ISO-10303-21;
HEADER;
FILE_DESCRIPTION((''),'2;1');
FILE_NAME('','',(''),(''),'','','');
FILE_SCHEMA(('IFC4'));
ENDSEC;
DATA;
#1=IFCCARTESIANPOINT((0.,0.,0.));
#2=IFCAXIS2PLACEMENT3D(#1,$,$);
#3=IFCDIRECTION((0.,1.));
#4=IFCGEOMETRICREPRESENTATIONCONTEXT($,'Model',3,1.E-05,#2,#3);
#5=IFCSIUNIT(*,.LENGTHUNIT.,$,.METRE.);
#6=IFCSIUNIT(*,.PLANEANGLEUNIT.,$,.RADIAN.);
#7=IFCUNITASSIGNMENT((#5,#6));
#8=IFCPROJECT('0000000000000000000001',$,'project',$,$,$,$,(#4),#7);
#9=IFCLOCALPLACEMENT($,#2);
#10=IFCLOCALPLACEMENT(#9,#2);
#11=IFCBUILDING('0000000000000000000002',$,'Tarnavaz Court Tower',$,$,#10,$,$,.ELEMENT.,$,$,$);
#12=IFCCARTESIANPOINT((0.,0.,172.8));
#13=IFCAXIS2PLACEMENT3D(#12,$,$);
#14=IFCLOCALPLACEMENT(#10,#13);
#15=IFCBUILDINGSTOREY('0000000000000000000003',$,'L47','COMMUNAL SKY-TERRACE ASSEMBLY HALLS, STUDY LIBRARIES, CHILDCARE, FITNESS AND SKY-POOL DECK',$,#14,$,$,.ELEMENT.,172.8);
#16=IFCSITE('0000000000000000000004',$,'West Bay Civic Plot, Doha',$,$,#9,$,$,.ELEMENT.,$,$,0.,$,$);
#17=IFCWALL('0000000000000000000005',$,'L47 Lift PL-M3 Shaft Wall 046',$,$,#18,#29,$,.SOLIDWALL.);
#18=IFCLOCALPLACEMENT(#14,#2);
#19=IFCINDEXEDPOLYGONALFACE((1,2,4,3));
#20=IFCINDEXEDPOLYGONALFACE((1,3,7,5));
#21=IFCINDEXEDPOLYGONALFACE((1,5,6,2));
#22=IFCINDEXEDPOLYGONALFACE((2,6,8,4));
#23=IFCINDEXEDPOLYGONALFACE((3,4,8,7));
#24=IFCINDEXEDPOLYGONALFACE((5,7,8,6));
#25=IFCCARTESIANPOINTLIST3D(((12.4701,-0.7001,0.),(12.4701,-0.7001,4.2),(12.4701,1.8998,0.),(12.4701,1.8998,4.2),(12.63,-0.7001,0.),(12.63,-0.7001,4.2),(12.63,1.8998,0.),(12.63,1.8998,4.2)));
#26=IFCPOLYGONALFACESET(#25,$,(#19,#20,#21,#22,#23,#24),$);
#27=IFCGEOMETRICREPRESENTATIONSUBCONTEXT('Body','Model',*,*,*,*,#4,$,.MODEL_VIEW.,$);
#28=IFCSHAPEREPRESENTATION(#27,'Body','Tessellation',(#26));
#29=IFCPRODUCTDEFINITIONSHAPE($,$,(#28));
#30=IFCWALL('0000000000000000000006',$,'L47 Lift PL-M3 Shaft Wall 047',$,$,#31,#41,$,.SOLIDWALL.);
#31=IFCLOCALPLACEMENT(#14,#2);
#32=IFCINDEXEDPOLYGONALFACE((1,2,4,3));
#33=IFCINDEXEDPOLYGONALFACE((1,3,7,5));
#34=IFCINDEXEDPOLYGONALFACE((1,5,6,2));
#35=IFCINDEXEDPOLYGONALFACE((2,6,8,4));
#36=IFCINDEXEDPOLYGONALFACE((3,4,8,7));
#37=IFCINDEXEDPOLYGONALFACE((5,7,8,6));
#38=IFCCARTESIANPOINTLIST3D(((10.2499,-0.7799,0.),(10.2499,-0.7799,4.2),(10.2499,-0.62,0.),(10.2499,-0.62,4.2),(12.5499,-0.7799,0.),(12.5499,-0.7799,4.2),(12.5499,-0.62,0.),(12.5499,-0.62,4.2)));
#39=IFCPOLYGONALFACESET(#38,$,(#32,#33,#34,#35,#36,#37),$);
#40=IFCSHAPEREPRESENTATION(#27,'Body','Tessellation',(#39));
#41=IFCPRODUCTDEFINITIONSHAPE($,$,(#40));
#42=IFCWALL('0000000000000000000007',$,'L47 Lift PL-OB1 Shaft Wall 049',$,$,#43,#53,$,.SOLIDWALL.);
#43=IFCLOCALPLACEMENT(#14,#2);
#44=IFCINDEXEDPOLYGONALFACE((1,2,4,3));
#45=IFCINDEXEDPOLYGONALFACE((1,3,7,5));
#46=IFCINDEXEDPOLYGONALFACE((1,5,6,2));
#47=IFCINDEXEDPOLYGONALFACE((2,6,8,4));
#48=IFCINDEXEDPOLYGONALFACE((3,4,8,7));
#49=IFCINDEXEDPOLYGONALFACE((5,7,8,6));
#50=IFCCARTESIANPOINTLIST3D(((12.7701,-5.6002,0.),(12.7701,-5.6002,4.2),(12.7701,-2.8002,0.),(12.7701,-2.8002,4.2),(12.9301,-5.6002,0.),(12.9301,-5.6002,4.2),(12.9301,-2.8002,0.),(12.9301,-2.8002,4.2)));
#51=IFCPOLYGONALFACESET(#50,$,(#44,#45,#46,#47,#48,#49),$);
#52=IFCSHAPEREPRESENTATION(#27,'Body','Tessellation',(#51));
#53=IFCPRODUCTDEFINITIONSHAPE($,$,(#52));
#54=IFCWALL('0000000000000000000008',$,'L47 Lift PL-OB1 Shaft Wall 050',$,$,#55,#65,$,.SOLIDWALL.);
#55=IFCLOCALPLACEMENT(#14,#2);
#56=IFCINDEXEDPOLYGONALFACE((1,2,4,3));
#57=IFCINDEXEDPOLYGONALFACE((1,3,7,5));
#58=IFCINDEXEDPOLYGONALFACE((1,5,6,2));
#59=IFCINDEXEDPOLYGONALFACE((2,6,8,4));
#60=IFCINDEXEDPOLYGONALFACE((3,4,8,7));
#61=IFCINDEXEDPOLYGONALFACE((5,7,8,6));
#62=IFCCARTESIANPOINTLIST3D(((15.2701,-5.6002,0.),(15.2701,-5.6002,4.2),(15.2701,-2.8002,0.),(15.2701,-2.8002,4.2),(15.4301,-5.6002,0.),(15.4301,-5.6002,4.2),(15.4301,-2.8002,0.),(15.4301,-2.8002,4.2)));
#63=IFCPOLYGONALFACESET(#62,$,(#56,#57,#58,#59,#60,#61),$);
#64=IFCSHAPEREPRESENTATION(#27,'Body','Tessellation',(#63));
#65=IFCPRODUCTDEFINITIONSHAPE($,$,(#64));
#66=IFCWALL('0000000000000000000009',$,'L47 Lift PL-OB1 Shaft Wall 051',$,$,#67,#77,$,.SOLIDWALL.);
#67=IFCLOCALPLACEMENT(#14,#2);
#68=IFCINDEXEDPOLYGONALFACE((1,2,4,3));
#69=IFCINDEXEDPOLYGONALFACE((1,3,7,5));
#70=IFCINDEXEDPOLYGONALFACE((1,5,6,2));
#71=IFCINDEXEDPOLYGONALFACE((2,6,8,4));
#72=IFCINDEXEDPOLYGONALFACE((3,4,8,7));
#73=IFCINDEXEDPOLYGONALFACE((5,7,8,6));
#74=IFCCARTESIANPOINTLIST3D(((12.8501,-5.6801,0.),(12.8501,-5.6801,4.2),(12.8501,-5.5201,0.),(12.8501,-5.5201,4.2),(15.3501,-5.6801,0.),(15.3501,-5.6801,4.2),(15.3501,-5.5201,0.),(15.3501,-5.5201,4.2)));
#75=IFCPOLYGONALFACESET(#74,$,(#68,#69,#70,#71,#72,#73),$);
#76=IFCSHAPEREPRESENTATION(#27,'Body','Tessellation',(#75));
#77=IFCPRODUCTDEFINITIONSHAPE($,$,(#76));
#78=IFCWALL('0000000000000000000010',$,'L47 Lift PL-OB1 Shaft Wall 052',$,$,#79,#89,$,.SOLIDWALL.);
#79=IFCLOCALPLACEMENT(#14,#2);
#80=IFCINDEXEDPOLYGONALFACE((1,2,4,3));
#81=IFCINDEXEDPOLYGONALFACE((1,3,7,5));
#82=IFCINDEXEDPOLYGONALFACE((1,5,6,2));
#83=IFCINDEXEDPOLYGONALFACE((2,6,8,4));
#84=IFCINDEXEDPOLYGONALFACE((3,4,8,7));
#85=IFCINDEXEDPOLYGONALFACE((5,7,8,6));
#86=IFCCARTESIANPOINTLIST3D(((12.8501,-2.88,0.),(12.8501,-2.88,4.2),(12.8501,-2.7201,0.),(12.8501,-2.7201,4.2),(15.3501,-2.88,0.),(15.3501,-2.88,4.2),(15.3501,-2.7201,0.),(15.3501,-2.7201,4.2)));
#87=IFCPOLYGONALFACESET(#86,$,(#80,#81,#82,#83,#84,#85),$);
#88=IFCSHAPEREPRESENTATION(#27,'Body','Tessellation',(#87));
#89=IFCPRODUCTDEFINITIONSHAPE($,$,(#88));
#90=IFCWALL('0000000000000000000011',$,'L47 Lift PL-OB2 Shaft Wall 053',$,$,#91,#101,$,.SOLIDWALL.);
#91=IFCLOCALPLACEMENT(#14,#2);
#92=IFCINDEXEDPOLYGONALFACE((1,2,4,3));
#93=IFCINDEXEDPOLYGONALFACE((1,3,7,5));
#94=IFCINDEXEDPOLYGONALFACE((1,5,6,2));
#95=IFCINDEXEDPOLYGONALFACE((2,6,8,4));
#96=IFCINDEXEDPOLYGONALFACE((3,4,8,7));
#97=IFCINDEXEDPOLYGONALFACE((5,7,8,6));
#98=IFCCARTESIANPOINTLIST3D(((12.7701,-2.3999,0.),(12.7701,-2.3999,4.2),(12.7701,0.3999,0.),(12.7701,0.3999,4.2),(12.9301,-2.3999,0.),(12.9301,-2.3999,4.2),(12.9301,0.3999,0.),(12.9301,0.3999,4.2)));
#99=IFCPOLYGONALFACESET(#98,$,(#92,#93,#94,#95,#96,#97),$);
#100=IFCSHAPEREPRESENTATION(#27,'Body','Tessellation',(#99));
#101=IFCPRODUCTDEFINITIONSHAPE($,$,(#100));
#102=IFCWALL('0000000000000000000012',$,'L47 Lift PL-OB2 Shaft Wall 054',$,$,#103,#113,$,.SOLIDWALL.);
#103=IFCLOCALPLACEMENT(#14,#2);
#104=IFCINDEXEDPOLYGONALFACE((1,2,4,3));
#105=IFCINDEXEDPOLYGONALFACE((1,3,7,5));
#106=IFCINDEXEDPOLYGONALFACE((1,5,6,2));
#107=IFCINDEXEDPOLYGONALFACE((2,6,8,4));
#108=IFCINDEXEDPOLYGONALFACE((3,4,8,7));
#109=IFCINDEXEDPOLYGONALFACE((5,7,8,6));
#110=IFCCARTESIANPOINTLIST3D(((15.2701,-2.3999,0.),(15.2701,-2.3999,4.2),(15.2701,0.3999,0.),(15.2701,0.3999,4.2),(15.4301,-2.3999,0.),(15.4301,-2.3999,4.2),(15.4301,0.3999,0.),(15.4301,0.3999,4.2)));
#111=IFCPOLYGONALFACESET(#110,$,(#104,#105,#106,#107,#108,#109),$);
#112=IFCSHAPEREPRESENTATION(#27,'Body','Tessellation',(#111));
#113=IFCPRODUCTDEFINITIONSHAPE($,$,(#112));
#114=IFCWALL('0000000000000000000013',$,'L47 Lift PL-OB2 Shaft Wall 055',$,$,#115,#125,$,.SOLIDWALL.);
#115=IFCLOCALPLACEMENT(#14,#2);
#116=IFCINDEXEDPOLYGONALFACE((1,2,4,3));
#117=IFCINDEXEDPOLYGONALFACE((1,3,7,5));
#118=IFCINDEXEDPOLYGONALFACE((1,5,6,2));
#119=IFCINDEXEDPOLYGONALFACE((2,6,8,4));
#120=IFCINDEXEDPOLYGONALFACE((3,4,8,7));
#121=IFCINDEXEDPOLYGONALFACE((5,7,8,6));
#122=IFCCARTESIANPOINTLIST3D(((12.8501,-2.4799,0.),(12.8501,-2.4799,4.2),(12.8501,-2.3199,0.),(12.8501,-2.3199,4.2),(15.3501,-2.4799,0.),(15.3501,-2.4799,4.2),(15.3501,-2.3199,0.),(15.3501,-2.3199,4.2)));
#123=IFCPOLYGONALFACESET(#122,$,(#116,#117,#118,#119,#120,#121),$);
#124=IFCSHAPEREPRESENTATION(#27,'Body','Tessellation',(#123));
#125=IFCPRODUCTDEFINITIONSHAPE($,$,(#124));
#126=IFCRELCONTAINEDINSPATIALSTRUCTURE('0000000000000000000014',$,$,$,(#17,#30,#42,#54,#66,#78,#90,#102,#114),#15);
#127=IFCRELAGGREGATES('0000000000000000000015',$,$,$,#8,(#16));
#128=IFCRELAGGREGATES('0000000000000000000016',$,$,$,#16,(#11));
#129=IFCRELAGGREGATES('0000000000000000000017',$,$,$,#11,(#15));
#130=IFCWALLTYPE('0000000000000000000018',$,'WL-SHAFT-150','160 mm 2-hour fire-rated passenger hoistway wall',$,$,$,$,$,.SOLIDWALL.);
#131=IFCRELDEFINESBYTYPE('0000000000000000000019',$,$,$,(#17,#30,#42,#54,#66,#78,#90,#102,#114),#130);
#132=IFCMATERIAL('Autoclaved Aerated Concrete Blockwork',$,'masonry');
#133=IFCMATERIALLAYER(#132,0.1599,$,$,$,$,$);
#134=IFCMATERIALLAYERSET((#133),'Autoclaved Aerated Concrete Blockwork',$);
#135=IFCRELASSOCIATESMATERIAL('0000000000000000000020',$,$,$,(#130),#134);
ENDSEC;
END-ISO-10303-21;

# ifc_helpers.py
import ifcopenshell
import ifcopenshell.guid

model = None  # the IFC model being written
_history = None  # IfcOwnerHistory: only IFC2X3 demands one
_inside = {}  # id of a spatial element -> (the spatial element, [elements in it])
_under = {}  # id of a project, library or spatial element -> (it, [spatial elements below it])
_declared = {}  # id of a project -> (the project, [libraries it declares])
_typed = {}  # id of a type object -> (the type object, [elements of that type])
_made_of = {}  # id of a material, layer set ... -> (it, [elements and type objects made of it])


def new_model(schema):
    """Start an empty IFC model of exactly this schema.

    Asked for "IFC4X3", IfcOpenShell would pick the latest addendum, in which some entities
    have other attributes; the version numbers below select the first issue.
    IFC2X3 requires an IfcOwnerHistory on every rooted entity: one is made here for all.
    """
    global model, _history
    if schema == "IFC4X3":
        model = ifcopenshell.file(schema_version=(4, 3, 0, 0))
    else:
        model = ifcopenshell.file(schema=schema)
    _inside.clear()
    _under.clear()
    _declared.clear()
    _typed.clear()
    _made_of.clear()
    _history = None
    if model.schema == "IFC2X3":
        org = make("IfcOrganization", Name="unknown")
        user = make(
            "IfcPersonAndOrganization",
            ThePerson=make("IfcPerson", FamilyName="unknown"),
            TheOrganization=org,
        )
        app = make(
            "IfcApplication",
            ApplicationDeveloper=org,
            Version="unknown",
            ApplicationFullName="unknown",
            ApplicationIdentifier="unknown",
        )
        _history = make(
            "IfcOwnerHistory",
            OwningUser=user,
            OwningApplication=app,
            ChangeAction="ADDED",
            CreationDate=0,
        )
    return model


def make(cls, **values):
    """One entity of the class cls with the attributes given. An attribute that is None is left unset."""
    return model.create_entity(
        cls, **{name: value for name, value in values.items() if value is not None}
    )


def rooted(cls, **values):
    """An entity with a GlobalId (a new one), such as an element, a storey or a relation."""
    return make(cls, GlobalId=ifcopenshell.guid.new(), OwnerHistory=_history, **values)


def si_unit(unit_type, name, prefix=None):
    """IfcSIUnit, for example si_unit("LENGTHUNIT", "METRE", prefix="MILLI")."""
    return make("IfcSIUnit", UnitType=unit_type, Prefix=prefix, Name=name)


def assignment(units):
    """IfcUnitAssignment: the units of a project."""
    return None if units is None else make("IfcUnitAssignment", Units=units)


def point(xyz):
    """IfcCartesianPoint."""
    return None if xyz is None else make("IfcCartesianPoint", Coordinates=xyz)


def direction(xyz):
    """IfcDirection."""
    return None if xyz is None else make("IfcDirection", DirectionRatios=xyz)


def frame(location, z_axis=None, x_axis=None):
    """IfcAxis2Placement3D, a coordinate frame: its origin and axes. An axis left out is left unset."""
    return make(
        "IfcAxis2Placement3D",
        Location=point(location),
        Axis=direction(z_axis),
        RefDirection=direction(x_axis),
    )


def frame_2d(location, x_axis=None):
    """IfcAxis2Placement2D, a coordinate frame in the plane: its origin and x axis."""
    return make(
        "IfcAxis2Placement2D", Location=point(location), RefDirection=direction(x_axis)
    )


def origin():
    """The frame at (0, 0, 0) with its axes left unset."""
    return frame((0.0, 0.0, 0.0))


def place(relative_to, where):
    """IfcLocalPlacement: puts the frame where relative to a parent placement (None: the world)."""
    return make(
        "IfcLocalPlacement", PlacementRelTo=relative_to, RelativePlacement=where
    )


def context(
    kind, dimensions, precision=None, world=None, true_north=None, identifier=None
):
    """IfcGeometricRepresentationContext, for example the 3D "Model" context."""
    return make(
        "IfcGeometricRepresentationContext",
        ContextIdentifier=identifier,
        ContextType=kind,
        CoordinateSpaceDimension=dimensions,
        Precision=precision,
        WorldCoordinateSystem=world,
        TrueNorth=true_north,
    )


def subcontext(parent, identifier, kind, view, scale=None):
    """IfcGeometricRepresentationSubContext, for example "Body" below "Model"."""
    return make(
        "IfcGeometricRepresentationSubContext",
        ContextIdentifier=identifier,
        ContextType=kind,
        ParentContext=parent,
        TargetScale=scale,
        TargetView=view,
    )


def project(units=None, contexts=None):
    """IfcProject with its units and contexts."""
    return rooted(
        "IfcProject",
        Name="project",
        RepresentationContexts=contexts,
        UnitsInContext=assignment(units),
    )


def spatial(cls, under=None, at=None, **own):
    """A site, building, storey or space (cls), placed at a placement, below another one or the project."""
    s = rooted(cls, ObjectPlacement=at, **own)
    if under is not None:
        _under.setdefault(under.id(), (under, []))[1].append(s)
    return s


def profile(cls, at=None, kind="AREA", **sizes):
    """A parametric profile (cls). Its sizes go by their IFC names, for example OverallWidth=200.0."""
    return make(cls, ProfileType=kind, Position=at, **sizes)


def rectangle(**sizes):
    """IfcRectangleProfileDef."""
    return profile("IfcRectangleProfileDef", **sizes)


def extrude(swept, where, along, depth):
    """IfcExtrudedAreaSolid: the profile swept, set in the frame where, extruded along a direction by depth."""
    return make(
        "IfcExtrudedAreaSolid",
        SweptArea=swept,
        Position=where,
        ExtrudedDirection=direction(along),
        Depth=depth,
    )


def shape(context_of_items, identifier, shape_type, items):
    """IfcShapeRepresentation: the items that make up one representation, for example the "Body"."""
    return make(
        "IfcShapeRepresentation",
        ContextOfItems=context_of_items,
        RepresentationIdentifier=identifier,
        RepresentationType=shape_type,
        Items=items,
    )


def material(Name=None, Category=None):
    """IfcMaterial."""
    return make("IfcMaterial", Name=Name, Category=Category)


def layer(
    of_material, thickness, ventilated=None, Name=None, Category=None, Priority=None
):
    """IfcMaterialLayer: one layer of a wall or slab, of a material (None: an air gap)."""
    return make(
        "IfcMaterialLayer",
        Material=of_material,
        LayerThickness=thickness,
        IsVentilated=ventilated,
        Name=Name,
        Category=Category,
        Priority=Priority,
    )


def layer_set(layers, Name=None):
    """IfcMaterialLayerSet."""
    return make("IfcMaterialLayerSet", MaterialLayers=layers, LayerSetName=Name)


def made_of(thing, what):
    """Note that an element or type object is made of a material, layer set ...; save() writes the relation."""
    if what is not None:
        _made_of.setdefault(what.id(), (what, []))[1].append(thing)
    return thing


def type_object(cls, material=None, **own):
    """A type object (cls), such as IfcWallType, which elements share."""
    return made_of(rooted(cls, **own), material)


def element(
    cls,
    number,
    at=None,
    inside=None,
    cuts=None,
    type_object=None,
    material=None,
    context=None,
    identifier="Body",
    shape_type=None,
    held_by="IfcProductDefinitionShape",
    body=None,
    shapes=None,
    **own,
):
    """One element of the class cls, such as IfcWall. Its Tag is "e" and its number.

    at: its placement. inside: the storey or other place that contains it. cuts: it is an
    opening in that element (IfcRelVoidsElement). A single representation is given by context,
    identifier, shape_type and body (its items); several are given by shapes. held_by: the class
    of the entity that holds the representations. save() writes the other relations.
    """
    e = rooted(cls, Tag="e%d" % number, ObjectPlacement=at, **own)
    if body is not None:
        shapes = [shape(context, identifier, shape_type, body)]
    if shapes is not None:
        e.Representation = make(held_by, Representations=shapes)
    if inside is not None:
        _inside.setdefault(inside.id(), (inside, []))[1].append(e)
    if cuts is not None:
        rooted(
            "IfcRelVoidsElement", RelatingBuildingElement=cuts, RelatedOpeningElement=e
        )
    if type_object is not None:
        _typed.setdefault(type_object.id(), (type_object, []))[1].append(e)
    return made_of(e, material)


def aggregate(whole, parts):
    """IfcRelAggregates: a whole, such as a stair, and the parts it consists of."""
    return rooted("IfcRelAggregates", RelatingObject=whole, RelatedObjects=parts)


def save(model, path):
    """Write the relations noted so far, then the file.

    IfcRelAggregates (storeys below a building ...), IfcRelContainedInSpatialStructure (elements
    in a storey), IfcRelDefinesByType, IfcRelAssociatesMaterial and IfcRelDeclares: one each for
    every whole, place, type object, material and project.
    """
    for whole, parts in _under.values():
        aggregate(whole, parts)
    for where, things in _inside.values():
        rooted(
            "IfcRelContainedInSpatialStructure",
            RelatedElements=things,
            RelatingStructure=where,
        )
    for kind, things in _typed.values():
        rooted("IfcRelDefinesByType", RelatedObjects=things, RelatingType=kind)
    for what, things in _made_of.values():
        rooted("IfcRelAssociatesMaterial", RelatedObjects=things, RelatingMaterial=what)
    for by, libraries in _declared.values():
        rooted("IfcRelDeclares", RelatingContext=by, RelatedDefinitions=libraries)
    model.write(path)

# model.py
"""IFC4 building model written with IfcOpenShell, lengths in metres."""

from ifc_helpers import new_model, si_unit, direction, frame, frame_2d, origin, place, context, subcontext, project, spatial, rectangle, extrude, material, layer, layer_set, type_object, element, save


model = new_model("IFC4")

# Units and contexts
model_context = context("Model", 3, precision=1e-05, world=origin(), true_north=direction((0.0, 1.0)))
body_context = subcontext(model_context, "Body", "Model", "MODEL_VIEW")
ifc_project = project(units=[si_unit("LENGTHUNIT", "METRE"), si_unit("PLANEANGLEUNIT", "RADIAN")], contexts=[model_context])

# Site, building, storey
site_placement = place(None, origin())
site = spatial("IfcSite", under=ifc_project, at=site_placement, Name="West Bay Civic Plot, Doha", CompositionType="ELEMENT", RefElevation=0.0)
building_placement = place(site_placement, origin())
building = spatial("IfcBuilding", under=site, at=building_placement, Name="Tarnavaz Court Tower", CompositionType="ELEMENT")
storey_placement = place(building_placement, frame((0.0, 0.0, 172.8)))
storey = spatial("IfcBuildingStorey", under=building, at=storey_placement, Name="L47", Description="COMMUNAL SKY-TERRACE ASSEMBLY HALLS, STUDY LIBRARIES, CHILDCARE, FITNESS AND SKY-POOL DECK", CompositionType="ELEMENT", Elevation=172.8)

# Shared definitions
ifc_material_1 = material(Name="Autoclaved Aerated Concrete Blockwork", Category="masonry")
ifc_layer_1 = layer(ifc_material_1, 0.1599)
ifc_layer_set_1 = layer_set([ifc_layer_1], Name="Autoclaved Aerated Concrete Blockwork")
wall_type_1 = type_object("IfcWallType", Name="WL-SHAFT-150", Description="160 mm 2-hour fire-rated passenger hoistway wall", PredefinedType="SOLIDWALL", material=ifc_layer_set_1)

# Walls
wall_1_placement = place(storey_placement, frame((12.55, -0.7, 0.0), z_axis=(0.0, 0.0, 1.0), x_axis=(0.0, 1.0, 0.0)))
element("IfcWall", 1, at=wall_1_placement, inside=storey, type_object=wall_type_1, Name="L47 Lift PL-M3 Shaft Wall 046", PredefinedType="SOLIDWALL", context=body_context, shape_type="SweptSolid", body=[
    extrude(rectangle(XDim=2.5999, YDim=0.1599, at=frame_2d((1.2998, 0.0))), origin(), (0.0, 0.0, 1.0), 4.2),
])
wall_2_placement = place(storey_placement, frame((10.25, -0.7, 0.0), z_axis=(0.0, 0.0, 1.0), x_axis=(1.0, 0.0, 0.0)))
element("IfcWall", 2, at=wall_2_placement, inside=storey, type_object=wall_type_1, Name="L47 Lift PL-M3 Shaft Wall 047", PredefinedType="SOLIDWALL", context=body_context, shape_type="SweptSolid", body=[
    extrude(rectangle(XDim=2.3, YDim=0.1599, at=frame_2d((1.1499, 0.0))), origin(), (0.0, 0.0, 1.0), 4.2),
])
for number, where, z_axis, x_axis, name in (
    (3, (12.8501, -5.6001, 0.0), (0.0, 0.0, 1.0), (0.0, 1.0, 0.0), "L47 Lift PL-OB1 Shaft Wall 049"),
    (4, (15.3501, -5.6001, 0.0), (0.0, 0.0, 1.0), (0.0, 1.0, 0.0), "L47 Lift PL-OB1 Shaft Wall 050"),
):
    element("IfcWall", number, at=place(storey_placement, frame(where, z_axis=z_axis, x_axis=x_axis)), inside=storey, type_object=wall_type_1, Name=name, PredefinedType="SOLIDWALL", context=body_context, shape_type="SweptSolid", body=[
        extrude(rectangle(XDim=2.8, YDim=0.1599, at=frame_2d((1.3999, 0.0))), origin(), (0.0, 0.0, 1.0), 4.2),
    ])
for number, where, z_axis, x_axis, name in (
    (5, (12.8501, -5.6001, 0.0), (0.0, 0.0, 1.0), (1.0, 0.0, 0.0), "L47 Lift PL-OB1 Shaft Wall 051"),
    (6, (12.8501, -2.8, 0.0), (0.0, 0.0, 1.0), (1.0, 0.0, 0.0), "L47 Lift PL-OB1 Shaft Wall 052"),
):
    element("IfcWall", number, at=place(storey_placement, frame(where, z_axis=z_axis, x_axis=x_axis)), inside=storey, type_object=wall_type_1, Name=name, PredefinedType="SOLIDWALL", context=body_context, shape_type="SweptSolid", body=[
        extrude(rectangle(XDim=2.5, YDim=0.1599, at=frame_2d((1.25, 0.0))), origin(), (0.0, 0.0, 1.0), 4.2),
    ])
for number, where, z_axis, x_axis, name in (
    (7, (12.8501, -2.3999, 0.0), (0.0, 0.0, 1.0), (0.0, 1.0, 0.0), "L47 Lift PL-OB2 Shaft Wall 053"),
    (8, (15.3501, -2.3999, 0.0), (0.0, 0.0, 1.0), (0.0, 1.0, 0.0), "L47 Lift PL-OB2 Shaft Wall 054"),
):
    element("IfcWall", number, at=place(storey_placement, frame(where, z_axis=z_axis, x_axis=x_axis)), inside=storey, type_object=wall_type_1, Name=name, PredefinedType="SOLIDWALL", context=body_context, shape_type="SweptSolid", body=[
        extrude(rectangle(XDim=2.7998, YDim=0.1599, at=frame_2d((1.3999, 0.0))), origin(), (0.0, 0.0, 1.0), 4.2),
    ])
wall_3_placement = place(storey_placement, frame((12.8501, -2.3999, 0.0), z_axis=(0.0, 0.0, 1.0), x_axis=(1.0, 0.0, 0.0)))
element("IfcWall", 9, at=wall_3_placement, inside=storey, type_object=wall_type_1, Name="L47 Lift PL-OB2 Shaft Wall 055", PredefinedType="SOLIDWALL", context=body_context, shape_type="SweptSolid", body=[
    extrude(rectangle(XDim=2.5, YDim=0.1599, at=frame_2d((1.25, 0.0))), origin(), (0.0, 0.0, 1.0), 4.2),
])

save(model, "model.ifc")
